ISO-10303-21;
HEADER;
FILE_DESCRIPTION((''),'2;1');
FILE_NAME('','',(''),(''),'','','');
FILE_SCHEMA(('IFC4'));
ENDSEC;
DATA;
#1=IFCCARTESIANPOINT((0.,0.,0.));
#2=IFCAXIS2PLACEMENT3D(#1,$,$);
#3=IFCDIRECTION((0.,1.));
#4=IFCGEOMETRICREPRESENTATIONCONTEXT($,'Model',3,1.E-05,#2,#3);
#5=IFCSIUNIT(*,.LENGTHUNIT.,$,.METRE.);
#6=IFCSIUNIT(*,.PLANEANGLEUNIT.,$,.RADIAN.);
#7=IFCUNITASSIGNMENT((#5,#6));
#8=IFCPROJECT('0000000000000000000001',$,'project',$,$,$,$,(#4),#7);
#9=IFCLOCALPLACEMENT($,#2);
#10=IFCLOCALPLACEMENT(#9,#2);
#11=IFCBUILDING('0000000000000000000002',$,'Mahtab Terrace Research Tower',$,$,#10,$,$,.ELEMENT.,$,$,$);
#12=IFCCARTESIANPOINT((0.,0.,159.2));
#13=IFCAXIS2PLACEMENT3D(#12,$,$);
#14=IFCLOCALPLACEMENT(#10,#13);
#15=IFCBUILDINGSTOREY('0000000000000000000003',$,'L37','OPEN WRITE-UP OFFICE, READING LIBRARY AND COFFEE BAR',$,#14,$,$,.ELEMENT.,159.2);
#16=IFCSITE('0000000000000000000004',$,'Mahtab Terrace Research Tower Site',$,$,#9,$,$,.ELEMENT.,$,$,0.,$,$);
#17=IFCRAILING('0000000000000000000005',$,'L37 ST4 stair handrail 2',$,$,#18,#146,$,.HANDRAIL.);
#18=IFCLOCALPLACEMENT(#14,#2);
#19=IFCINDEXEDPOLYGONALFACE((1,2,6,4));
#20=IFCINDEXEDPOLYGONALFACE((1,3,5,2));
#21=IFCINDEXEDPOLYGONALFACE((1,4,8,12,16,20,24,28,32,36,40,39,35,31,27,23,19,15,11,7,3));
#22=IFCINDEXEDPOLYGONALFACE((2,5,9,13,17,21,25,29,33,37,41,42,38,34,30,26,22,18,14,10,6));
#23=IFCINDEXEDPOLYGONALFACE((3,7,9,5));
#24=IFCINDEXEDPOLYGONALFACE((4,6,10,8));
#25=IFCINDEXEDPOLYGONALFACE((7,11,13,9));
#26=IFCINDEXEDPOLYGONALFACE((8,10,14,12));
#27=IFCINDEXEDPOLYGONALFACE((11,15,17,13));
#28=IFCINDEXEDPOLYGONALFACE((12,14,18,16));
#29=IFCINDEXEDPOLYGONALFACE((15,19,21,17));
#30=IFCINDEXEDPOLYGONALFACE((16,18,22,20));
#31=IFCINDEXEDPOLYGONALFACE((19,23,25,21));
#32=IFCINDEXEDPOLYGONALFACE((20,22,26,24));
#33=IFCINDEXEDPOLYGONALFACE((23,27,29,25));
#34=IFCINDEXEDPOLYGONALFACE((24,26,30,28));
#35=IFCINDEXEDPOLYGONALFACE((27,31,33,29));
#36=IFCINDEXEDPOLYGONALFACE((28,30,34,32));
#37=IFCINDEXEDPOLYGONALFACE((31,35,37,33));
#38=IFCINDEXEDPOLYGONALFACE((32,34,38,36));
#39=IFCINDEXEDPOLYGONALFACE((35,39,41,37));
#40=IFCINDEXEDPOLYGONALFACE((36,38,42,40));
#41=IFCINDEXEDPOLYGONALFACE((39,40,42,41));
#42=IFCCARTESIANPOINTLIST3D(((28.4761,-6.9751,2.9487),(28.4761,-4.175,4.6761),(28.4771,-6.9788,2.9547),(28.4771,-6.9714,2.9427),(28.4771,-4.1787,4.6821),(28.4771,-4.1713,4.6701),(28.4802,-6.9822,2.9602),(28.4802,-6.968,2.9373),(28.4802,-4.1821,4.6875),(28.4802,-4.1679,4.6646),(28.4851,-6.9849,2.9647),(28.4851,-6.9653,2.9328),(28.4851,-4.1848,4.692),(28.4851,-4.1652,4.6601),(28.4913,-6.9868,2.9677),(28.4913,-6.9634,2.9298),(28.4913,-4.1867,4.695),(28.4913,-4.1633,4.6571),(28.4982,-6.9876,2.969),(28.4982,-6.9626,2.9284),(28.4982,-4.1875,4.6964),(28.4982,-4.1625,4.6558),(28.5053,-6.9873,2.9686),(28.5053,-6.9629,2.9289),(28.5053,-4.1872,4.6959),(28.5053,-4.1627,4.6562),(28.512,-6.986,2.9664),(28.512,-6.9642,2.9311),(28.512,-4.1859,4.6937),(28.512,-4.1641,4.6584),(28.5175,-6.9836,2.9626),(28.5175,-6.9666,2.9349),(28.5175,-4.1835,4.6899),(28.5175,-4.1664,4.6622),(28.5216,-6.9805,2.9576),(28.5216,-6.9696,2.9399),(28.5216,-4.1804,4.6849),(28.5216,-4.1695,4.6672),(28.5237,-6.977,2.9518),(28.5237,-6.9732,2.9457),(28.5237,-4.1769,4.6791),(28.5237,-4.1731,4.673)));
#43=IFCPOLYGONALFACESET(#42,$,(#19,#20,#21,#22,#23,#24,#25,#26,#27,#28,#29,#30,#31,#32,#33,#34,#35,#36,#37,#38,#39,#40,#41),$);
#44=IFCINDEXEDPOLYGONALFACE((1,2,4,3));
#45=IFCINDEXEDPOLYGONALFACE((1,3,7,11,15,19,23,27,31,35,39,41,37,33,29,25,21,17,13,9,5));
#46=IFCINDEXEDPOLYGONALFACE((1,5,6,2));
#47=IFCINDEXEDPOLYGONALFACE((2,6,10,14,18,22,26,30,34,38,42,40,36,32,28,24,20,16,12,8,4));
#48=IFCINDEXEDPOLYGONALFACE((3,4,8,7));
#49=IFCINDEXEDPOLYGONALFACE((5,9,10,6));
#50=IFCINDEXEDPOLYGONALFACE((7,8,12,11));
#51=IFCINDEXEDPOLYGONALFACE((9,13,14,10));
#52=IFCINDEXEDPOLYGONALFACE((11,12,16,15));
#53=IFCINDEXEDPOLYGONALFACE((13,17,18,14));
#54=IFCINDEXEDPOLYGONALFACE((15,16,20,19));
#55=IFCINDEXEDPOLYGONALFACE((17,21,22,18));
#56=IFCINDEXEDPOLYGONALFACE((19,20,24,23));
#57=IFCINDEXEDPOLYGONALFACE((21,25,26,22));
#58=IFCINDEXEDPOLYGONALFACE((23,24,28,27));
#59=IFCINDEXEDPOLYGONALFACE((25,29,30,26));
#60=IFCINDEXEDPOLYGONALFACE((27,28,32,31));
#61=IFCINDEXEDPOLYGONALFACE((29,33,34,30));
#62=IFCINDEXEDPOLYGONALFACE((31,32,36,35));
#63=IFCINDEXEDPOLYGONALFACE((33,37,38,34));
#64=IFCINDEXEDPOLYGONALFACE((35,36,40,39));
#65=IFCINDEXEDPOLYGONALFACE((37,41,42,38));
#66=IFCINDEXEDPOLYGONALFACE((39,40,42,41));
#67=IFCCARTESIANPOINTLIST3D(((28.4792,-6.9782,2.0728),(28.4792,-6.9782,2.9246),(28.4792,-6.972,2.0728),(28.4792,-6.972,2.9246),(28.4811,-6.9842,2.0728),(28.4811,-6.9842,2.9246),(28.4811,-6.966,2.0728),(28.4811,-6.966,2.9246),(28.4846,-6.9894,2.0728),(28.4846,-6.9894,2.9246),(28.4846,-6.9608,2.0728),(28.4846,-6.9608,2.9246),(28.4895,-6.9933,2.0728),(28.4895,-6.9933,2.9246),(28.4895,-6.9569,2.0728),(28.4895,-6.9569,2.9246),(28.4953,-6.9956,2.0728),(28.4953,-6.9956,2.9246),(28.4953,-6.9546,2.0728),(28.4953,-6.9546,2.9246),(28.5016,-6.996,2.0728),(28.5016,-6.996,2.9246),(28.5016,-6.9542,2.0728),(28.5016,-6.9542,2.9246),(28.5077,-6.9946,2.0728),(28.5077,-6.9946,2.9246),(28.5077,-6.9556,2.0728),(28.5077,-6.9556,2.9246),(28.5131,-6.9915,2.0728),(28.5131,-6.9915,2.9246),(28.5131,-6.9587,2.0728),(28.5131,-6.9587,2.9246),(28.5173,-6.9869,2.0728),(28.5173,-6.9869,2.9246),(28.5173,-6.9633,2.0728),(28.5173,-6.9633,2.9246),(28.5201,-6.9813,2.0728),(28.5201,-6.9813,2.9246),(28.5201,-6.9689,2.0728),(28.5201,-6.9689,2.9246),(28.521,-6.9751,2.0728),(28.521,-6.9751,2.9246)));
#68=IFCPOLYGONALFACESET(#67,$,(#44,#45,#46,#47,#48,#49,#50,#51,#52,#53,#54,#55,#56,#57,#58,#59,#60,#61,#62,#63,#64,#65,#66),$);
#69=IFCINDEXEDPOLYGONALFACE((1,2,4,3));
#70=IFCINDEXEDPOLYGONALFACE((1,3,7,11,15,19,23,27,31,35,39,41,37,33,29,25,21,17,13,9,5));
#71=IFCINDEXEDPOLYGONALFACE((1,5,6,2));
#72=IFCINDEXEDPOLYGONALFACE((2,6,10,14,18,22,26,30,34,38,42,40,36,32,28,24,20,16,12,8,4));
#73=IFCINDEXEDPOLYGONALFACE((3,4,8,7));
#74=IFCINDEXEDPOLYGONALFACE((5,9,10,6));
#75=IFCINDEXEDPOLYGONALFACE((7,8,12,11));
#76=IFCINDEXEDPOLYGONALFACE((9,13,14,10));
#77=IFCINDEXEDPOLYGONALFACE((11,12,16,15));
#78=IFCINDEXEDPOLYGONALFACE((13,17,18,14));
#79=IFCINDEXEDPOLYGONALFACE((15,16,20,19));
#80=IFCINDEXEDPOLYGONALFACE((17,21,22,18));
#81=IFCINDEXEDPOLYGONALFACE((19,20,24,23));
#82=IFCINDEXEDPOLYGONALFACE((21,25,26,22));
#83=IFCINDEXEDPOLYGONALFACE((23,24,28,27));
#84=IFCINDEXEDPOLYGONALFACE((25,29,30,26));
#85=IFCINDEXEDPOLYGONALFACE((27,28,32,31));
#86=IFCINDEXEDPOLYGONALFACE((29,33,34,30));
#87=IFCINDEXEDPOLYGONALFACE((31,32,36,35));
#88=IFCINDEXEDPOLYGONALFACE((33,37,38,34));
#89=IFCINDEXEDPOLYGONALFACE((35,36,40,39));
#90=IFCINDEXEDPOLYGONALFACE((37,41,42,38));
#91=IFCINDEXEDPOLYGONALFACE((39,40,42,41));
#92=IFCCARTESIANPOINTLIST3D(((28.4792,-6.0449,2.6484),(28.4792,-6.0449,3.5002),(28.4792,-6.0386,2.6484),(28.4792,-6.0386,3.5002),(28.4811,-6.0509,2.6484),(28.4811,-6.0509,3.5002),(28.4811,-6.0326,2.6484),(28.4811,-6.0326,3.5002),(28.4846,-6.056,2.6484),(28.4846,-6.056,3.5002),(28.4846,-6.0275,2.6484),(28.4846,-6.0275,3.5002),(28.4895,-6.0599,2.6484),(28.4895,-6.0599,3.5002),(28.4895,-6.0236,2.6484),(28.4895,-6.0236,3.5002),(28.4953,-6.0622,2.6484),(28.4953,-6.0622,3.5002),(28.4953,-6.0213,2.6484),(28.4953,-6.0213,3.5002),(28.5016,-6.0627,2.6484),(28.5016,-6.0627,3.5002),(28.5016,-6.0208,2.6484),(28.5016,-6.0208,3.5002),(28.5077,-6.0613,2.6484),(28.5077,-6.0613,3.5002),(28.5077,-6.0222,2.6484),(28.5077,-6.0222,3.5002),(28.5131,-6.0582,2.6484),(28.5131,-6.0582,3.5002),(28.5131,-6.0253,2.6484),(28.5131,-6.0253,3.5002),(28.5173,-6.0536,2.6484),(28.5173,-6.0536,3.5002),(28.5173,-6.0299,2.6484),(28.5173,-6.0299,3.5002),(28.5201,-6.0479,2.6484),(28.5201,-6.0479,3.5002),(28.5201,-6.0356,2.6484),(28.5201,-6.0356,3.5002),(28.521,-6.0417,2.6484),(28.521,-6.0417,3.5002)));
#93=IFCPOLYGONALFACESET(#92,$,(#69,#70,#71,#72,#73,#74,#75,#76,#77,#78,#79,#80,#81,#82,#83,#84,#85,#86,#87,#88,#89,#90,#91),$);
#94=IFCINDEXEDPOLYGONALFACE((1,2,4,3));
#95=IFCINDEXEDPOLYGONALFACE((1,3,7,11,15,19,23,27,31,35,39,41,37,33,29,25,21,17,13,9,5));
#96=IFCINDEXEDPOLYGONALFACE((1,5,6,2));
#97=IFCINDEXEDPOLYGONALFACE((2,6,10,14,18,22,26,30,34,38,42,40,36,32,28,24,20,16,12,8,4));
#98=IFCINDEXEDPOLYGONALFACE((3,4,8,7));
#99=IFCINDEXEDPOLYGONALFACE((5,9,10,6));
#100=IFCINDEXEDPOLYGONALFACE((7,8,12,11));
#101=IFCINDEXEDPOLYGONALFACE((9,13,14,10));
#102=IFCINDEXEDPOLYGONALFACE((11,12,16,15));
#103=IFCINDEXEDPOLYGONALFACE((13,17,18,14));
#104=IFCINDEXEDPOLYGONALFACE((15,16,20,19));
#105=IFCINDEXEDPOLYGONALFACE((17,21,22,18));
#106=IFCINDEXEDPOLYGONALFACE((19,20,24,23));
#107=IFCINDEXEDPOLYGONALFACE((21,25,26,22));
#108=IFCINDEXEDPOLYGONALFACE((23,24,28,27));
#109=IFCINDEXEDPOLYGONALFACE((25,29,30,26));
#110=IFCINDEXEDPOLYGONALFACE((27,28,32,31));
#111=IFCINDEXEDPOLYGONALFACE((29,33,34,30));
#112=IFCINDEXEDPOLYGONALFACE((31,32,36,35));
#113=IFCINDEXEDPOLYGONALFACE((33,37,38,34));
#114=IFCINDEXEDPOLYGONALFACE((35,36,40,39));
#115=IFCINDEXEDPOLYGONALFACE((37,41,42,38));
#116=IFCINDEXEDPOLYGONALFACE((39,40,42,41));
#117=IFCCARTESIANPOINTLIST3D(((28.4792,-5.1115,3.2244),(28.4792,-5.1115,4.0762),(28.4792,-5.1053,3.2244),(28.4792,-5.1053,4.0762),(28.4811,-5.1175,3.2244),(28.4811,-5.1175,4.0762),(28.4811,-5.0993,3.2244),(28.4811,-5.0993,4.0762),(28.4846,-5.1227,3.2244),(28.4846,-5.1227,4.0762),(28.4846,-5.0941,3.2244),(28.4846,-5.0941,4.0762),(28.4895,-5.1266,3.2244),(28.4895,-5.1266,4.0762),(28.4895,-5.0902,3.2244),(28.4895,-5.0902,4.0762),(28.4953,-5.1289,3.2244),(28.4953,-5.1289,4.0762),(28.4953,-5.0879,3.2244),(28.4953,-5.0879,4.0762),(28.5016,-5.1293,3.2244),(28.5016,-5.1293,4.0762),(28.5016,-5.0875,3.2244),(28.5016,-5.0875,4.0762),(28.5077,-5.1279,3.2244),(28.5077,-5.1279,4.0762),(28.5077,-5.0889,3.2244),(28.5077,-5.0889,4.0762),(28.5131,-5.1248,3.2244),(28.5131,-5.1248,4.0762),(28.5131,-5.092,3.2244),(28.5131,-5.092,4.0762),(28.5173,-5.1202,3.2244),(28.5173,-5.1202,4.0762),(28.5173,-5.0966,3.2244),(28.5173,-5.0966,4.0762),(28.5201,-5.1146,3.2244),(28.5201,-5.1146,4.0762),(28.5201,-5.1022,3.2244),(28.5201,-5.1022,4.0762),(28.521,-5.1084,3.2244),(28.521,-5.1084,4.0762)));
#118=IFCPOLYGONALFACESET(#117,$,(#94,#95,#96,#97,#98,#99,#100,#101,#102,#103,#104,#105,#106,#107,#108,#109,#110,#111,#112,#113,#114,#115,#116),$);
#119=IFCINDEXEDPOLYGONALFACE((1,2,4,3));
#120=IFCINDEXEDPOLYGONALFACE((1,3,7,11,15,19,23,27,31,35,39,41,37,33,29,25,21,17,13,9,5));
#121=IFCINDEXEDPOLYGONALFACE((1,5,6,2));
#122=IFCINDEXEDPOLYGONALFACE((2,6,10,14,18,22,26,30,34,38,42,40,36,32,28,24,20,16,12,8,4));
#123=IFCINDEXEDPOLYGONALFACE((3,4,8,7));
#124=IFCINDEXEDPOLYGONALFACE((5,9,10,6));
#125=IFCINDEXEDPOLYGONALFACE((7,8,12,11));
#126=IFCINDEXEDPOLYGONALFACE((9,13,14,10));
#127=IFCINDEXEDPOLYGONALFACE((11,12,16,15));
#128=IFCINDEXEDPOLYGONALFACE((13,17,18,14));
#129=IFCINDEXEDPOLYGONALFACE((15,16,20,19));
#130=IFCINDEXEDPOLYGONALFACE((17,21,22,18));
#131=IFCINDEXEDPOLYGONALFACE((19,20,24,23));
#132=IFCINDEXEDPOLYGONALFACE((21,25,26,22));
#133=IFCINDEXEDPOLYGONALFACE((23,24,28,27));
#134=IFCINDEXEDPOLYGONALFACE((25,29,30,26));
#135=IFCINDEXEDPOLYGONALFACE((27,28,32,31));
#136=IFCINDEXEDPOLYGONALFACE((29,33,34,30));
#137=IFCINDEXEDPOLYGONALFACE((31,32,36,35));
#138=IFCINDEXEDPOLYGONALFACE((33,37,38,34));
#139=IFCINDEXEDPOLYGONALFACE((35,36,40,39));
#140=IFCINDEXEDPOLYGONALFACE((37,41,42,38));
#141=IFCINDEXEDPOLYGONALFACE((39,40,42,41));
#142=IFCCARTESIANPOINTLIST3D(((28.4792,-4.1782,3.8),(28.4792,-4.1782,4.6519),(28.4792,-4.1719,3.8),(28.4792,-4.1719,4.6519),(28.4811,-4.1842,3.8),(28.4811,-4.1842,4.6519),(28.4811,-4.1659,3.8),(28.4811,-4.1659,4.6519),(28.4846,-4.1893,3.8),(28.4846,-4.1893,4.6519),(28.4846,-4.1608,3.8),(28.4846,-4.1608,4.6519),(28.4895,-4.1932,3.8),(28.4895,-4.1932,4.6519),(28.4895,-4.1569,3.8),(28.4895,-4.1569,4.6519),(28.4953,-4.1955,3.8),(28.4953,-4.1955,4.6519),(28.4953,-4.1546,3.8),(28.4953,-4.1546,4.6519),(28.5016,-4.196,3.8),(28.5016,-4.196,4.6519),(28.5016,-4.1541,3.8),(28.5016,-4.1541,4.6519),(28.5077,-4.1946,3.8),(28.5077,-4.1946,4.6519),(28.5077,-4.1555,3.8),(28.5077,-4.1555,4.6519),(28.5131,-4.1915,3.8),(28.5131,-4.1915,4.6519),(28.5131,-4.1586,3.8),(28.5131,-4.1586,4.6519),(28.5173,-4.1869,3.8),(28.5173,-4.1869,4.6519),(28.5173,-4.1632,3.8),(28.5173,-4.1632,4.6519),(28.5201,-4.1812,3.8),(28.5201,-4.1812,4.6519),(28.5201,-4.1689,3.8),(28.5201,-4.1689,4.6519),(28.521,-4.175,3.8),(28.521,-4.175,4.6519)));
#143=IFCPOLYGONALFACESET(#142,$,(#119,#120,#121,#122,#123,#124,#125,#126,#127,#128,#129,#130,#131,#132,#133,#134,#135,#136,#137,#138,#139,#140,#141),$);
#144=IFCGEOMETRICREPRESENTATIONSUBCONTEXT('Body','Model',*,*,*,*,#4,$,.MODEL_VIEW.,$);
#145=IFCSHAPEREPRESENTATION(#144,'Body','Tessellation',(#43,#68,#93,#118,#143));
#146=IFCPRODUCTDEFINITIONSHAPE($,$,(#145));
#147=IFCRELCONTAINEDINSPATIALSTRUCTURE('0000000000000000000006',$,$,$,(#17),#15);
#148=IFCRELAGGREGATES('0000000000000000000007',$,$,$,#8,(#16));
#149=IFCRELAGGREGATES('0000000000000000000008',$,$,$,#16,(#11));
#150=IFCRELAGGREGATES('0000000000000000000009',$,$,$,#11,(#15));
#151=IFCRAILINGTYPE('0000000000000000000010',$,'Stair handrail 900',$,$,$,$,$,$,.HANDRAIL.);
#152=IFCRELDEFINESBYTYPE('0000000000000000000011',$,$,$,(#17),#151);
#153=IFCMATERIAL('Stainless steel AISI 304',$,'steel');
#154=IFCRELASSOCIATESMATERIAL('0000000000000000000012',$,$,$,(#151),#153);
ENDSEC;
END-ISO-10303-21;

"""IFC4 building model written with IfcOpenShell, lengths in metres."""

from ifc_helpers import new_model, si_unit, direction, frame, origin, origin_2d, place, context, subcontext, project, spatial, circle, extrude, material, type_object, element, save


model = new_model("IFC4")

# Units and contexts
model_context = context("Model", 3, precision=1e-05, world=origin(), true_north=direction((0.0, 1.0)))
body_context = subcontext(model_context, "Body", "Model", "MODEL_VIEW")
ifc_project = project(units=[si_unit("LENGTHUNIT", "METRE"), si_unit("PLANEANGLEUNIT", "RADIAN")], contexts=[model_context])

# Site, building, storey
site_placement = place(None, origin())
site = spatial("IfcSite", under=ifc_project, at=site_placement, Name="Mahtab Terrace Research Tower Site", CompositionType="ELEMENT", RefElevation=0.0)
building_placement = place(site_placement, origin())
building = spatial("IfcBuilding", under=site, at=building_placement, Name="Mahtab Terrace Research Tower", CompositionType="ELEMENT")
storey_placement = place(building_placement, frame((0.0, 0.0, 159.2)))
storey = spatial("IfcBuildingStorey", under=building, at=storey_placement, Name="L37", Description="OPEN WRITE-UP OFFICE, READING LIBRARY AND COFFEE BAR", CompositionType="ELEMENT", Elevation=159.2)

# Railing
ifc_material_1 = material(Name="Stainless steel AISI 304", Category="steel")
railing_type_1 = type_object("IfcRailingType", Name="Stair handrail 900", PredefinedType="HANDRAIL", material=ifc_material_1)
railing_1_placement = place(storey_placement, frame((28.5, -6.9751, 2.0728)))
element("IfcRailing", 1, at=railing_1_placement, inside=storey, type_object=railing_type_1, Name="L37 ST4 stair handrail 2", PredefinedType="HANDRAIL", context=body_context, shape_type="SweptSolid", body=[
    extrude(circle(Radius=0.0239, at=origin_2d()), frame((0.0, 0.0, 0.876), z_axis=(0.0, 0.85109, 0.52502), x_axis=(-1.0, 0.0, 0.0)), (0.0, 0.0, 1.0), 3.29),
    extrude(circle(Radius=0.021, at=origin_2d()), origin(), (0.0, 0.0, 1.0), 0.8518),
    extrude(circle(Radius=0.021, at=origin_2d()), frame((0.0, 0.9333, 0.5757)), (0.0, 0.0, 1.0), 0.8518),
    extrude(circle(Radius=0.021, at=origin_2d()), frame((0.0, 1.8667, 1.1516)), (0.0, 0.0, 1.0), 0.8518),
    extrude(circle(Radius=0.021, at=origin_2d()), frame((0.0, 2.8, 1.7273)), (0.0, 0.0, 1.0), 0.8518),
])

save(model, "model.ifc")
